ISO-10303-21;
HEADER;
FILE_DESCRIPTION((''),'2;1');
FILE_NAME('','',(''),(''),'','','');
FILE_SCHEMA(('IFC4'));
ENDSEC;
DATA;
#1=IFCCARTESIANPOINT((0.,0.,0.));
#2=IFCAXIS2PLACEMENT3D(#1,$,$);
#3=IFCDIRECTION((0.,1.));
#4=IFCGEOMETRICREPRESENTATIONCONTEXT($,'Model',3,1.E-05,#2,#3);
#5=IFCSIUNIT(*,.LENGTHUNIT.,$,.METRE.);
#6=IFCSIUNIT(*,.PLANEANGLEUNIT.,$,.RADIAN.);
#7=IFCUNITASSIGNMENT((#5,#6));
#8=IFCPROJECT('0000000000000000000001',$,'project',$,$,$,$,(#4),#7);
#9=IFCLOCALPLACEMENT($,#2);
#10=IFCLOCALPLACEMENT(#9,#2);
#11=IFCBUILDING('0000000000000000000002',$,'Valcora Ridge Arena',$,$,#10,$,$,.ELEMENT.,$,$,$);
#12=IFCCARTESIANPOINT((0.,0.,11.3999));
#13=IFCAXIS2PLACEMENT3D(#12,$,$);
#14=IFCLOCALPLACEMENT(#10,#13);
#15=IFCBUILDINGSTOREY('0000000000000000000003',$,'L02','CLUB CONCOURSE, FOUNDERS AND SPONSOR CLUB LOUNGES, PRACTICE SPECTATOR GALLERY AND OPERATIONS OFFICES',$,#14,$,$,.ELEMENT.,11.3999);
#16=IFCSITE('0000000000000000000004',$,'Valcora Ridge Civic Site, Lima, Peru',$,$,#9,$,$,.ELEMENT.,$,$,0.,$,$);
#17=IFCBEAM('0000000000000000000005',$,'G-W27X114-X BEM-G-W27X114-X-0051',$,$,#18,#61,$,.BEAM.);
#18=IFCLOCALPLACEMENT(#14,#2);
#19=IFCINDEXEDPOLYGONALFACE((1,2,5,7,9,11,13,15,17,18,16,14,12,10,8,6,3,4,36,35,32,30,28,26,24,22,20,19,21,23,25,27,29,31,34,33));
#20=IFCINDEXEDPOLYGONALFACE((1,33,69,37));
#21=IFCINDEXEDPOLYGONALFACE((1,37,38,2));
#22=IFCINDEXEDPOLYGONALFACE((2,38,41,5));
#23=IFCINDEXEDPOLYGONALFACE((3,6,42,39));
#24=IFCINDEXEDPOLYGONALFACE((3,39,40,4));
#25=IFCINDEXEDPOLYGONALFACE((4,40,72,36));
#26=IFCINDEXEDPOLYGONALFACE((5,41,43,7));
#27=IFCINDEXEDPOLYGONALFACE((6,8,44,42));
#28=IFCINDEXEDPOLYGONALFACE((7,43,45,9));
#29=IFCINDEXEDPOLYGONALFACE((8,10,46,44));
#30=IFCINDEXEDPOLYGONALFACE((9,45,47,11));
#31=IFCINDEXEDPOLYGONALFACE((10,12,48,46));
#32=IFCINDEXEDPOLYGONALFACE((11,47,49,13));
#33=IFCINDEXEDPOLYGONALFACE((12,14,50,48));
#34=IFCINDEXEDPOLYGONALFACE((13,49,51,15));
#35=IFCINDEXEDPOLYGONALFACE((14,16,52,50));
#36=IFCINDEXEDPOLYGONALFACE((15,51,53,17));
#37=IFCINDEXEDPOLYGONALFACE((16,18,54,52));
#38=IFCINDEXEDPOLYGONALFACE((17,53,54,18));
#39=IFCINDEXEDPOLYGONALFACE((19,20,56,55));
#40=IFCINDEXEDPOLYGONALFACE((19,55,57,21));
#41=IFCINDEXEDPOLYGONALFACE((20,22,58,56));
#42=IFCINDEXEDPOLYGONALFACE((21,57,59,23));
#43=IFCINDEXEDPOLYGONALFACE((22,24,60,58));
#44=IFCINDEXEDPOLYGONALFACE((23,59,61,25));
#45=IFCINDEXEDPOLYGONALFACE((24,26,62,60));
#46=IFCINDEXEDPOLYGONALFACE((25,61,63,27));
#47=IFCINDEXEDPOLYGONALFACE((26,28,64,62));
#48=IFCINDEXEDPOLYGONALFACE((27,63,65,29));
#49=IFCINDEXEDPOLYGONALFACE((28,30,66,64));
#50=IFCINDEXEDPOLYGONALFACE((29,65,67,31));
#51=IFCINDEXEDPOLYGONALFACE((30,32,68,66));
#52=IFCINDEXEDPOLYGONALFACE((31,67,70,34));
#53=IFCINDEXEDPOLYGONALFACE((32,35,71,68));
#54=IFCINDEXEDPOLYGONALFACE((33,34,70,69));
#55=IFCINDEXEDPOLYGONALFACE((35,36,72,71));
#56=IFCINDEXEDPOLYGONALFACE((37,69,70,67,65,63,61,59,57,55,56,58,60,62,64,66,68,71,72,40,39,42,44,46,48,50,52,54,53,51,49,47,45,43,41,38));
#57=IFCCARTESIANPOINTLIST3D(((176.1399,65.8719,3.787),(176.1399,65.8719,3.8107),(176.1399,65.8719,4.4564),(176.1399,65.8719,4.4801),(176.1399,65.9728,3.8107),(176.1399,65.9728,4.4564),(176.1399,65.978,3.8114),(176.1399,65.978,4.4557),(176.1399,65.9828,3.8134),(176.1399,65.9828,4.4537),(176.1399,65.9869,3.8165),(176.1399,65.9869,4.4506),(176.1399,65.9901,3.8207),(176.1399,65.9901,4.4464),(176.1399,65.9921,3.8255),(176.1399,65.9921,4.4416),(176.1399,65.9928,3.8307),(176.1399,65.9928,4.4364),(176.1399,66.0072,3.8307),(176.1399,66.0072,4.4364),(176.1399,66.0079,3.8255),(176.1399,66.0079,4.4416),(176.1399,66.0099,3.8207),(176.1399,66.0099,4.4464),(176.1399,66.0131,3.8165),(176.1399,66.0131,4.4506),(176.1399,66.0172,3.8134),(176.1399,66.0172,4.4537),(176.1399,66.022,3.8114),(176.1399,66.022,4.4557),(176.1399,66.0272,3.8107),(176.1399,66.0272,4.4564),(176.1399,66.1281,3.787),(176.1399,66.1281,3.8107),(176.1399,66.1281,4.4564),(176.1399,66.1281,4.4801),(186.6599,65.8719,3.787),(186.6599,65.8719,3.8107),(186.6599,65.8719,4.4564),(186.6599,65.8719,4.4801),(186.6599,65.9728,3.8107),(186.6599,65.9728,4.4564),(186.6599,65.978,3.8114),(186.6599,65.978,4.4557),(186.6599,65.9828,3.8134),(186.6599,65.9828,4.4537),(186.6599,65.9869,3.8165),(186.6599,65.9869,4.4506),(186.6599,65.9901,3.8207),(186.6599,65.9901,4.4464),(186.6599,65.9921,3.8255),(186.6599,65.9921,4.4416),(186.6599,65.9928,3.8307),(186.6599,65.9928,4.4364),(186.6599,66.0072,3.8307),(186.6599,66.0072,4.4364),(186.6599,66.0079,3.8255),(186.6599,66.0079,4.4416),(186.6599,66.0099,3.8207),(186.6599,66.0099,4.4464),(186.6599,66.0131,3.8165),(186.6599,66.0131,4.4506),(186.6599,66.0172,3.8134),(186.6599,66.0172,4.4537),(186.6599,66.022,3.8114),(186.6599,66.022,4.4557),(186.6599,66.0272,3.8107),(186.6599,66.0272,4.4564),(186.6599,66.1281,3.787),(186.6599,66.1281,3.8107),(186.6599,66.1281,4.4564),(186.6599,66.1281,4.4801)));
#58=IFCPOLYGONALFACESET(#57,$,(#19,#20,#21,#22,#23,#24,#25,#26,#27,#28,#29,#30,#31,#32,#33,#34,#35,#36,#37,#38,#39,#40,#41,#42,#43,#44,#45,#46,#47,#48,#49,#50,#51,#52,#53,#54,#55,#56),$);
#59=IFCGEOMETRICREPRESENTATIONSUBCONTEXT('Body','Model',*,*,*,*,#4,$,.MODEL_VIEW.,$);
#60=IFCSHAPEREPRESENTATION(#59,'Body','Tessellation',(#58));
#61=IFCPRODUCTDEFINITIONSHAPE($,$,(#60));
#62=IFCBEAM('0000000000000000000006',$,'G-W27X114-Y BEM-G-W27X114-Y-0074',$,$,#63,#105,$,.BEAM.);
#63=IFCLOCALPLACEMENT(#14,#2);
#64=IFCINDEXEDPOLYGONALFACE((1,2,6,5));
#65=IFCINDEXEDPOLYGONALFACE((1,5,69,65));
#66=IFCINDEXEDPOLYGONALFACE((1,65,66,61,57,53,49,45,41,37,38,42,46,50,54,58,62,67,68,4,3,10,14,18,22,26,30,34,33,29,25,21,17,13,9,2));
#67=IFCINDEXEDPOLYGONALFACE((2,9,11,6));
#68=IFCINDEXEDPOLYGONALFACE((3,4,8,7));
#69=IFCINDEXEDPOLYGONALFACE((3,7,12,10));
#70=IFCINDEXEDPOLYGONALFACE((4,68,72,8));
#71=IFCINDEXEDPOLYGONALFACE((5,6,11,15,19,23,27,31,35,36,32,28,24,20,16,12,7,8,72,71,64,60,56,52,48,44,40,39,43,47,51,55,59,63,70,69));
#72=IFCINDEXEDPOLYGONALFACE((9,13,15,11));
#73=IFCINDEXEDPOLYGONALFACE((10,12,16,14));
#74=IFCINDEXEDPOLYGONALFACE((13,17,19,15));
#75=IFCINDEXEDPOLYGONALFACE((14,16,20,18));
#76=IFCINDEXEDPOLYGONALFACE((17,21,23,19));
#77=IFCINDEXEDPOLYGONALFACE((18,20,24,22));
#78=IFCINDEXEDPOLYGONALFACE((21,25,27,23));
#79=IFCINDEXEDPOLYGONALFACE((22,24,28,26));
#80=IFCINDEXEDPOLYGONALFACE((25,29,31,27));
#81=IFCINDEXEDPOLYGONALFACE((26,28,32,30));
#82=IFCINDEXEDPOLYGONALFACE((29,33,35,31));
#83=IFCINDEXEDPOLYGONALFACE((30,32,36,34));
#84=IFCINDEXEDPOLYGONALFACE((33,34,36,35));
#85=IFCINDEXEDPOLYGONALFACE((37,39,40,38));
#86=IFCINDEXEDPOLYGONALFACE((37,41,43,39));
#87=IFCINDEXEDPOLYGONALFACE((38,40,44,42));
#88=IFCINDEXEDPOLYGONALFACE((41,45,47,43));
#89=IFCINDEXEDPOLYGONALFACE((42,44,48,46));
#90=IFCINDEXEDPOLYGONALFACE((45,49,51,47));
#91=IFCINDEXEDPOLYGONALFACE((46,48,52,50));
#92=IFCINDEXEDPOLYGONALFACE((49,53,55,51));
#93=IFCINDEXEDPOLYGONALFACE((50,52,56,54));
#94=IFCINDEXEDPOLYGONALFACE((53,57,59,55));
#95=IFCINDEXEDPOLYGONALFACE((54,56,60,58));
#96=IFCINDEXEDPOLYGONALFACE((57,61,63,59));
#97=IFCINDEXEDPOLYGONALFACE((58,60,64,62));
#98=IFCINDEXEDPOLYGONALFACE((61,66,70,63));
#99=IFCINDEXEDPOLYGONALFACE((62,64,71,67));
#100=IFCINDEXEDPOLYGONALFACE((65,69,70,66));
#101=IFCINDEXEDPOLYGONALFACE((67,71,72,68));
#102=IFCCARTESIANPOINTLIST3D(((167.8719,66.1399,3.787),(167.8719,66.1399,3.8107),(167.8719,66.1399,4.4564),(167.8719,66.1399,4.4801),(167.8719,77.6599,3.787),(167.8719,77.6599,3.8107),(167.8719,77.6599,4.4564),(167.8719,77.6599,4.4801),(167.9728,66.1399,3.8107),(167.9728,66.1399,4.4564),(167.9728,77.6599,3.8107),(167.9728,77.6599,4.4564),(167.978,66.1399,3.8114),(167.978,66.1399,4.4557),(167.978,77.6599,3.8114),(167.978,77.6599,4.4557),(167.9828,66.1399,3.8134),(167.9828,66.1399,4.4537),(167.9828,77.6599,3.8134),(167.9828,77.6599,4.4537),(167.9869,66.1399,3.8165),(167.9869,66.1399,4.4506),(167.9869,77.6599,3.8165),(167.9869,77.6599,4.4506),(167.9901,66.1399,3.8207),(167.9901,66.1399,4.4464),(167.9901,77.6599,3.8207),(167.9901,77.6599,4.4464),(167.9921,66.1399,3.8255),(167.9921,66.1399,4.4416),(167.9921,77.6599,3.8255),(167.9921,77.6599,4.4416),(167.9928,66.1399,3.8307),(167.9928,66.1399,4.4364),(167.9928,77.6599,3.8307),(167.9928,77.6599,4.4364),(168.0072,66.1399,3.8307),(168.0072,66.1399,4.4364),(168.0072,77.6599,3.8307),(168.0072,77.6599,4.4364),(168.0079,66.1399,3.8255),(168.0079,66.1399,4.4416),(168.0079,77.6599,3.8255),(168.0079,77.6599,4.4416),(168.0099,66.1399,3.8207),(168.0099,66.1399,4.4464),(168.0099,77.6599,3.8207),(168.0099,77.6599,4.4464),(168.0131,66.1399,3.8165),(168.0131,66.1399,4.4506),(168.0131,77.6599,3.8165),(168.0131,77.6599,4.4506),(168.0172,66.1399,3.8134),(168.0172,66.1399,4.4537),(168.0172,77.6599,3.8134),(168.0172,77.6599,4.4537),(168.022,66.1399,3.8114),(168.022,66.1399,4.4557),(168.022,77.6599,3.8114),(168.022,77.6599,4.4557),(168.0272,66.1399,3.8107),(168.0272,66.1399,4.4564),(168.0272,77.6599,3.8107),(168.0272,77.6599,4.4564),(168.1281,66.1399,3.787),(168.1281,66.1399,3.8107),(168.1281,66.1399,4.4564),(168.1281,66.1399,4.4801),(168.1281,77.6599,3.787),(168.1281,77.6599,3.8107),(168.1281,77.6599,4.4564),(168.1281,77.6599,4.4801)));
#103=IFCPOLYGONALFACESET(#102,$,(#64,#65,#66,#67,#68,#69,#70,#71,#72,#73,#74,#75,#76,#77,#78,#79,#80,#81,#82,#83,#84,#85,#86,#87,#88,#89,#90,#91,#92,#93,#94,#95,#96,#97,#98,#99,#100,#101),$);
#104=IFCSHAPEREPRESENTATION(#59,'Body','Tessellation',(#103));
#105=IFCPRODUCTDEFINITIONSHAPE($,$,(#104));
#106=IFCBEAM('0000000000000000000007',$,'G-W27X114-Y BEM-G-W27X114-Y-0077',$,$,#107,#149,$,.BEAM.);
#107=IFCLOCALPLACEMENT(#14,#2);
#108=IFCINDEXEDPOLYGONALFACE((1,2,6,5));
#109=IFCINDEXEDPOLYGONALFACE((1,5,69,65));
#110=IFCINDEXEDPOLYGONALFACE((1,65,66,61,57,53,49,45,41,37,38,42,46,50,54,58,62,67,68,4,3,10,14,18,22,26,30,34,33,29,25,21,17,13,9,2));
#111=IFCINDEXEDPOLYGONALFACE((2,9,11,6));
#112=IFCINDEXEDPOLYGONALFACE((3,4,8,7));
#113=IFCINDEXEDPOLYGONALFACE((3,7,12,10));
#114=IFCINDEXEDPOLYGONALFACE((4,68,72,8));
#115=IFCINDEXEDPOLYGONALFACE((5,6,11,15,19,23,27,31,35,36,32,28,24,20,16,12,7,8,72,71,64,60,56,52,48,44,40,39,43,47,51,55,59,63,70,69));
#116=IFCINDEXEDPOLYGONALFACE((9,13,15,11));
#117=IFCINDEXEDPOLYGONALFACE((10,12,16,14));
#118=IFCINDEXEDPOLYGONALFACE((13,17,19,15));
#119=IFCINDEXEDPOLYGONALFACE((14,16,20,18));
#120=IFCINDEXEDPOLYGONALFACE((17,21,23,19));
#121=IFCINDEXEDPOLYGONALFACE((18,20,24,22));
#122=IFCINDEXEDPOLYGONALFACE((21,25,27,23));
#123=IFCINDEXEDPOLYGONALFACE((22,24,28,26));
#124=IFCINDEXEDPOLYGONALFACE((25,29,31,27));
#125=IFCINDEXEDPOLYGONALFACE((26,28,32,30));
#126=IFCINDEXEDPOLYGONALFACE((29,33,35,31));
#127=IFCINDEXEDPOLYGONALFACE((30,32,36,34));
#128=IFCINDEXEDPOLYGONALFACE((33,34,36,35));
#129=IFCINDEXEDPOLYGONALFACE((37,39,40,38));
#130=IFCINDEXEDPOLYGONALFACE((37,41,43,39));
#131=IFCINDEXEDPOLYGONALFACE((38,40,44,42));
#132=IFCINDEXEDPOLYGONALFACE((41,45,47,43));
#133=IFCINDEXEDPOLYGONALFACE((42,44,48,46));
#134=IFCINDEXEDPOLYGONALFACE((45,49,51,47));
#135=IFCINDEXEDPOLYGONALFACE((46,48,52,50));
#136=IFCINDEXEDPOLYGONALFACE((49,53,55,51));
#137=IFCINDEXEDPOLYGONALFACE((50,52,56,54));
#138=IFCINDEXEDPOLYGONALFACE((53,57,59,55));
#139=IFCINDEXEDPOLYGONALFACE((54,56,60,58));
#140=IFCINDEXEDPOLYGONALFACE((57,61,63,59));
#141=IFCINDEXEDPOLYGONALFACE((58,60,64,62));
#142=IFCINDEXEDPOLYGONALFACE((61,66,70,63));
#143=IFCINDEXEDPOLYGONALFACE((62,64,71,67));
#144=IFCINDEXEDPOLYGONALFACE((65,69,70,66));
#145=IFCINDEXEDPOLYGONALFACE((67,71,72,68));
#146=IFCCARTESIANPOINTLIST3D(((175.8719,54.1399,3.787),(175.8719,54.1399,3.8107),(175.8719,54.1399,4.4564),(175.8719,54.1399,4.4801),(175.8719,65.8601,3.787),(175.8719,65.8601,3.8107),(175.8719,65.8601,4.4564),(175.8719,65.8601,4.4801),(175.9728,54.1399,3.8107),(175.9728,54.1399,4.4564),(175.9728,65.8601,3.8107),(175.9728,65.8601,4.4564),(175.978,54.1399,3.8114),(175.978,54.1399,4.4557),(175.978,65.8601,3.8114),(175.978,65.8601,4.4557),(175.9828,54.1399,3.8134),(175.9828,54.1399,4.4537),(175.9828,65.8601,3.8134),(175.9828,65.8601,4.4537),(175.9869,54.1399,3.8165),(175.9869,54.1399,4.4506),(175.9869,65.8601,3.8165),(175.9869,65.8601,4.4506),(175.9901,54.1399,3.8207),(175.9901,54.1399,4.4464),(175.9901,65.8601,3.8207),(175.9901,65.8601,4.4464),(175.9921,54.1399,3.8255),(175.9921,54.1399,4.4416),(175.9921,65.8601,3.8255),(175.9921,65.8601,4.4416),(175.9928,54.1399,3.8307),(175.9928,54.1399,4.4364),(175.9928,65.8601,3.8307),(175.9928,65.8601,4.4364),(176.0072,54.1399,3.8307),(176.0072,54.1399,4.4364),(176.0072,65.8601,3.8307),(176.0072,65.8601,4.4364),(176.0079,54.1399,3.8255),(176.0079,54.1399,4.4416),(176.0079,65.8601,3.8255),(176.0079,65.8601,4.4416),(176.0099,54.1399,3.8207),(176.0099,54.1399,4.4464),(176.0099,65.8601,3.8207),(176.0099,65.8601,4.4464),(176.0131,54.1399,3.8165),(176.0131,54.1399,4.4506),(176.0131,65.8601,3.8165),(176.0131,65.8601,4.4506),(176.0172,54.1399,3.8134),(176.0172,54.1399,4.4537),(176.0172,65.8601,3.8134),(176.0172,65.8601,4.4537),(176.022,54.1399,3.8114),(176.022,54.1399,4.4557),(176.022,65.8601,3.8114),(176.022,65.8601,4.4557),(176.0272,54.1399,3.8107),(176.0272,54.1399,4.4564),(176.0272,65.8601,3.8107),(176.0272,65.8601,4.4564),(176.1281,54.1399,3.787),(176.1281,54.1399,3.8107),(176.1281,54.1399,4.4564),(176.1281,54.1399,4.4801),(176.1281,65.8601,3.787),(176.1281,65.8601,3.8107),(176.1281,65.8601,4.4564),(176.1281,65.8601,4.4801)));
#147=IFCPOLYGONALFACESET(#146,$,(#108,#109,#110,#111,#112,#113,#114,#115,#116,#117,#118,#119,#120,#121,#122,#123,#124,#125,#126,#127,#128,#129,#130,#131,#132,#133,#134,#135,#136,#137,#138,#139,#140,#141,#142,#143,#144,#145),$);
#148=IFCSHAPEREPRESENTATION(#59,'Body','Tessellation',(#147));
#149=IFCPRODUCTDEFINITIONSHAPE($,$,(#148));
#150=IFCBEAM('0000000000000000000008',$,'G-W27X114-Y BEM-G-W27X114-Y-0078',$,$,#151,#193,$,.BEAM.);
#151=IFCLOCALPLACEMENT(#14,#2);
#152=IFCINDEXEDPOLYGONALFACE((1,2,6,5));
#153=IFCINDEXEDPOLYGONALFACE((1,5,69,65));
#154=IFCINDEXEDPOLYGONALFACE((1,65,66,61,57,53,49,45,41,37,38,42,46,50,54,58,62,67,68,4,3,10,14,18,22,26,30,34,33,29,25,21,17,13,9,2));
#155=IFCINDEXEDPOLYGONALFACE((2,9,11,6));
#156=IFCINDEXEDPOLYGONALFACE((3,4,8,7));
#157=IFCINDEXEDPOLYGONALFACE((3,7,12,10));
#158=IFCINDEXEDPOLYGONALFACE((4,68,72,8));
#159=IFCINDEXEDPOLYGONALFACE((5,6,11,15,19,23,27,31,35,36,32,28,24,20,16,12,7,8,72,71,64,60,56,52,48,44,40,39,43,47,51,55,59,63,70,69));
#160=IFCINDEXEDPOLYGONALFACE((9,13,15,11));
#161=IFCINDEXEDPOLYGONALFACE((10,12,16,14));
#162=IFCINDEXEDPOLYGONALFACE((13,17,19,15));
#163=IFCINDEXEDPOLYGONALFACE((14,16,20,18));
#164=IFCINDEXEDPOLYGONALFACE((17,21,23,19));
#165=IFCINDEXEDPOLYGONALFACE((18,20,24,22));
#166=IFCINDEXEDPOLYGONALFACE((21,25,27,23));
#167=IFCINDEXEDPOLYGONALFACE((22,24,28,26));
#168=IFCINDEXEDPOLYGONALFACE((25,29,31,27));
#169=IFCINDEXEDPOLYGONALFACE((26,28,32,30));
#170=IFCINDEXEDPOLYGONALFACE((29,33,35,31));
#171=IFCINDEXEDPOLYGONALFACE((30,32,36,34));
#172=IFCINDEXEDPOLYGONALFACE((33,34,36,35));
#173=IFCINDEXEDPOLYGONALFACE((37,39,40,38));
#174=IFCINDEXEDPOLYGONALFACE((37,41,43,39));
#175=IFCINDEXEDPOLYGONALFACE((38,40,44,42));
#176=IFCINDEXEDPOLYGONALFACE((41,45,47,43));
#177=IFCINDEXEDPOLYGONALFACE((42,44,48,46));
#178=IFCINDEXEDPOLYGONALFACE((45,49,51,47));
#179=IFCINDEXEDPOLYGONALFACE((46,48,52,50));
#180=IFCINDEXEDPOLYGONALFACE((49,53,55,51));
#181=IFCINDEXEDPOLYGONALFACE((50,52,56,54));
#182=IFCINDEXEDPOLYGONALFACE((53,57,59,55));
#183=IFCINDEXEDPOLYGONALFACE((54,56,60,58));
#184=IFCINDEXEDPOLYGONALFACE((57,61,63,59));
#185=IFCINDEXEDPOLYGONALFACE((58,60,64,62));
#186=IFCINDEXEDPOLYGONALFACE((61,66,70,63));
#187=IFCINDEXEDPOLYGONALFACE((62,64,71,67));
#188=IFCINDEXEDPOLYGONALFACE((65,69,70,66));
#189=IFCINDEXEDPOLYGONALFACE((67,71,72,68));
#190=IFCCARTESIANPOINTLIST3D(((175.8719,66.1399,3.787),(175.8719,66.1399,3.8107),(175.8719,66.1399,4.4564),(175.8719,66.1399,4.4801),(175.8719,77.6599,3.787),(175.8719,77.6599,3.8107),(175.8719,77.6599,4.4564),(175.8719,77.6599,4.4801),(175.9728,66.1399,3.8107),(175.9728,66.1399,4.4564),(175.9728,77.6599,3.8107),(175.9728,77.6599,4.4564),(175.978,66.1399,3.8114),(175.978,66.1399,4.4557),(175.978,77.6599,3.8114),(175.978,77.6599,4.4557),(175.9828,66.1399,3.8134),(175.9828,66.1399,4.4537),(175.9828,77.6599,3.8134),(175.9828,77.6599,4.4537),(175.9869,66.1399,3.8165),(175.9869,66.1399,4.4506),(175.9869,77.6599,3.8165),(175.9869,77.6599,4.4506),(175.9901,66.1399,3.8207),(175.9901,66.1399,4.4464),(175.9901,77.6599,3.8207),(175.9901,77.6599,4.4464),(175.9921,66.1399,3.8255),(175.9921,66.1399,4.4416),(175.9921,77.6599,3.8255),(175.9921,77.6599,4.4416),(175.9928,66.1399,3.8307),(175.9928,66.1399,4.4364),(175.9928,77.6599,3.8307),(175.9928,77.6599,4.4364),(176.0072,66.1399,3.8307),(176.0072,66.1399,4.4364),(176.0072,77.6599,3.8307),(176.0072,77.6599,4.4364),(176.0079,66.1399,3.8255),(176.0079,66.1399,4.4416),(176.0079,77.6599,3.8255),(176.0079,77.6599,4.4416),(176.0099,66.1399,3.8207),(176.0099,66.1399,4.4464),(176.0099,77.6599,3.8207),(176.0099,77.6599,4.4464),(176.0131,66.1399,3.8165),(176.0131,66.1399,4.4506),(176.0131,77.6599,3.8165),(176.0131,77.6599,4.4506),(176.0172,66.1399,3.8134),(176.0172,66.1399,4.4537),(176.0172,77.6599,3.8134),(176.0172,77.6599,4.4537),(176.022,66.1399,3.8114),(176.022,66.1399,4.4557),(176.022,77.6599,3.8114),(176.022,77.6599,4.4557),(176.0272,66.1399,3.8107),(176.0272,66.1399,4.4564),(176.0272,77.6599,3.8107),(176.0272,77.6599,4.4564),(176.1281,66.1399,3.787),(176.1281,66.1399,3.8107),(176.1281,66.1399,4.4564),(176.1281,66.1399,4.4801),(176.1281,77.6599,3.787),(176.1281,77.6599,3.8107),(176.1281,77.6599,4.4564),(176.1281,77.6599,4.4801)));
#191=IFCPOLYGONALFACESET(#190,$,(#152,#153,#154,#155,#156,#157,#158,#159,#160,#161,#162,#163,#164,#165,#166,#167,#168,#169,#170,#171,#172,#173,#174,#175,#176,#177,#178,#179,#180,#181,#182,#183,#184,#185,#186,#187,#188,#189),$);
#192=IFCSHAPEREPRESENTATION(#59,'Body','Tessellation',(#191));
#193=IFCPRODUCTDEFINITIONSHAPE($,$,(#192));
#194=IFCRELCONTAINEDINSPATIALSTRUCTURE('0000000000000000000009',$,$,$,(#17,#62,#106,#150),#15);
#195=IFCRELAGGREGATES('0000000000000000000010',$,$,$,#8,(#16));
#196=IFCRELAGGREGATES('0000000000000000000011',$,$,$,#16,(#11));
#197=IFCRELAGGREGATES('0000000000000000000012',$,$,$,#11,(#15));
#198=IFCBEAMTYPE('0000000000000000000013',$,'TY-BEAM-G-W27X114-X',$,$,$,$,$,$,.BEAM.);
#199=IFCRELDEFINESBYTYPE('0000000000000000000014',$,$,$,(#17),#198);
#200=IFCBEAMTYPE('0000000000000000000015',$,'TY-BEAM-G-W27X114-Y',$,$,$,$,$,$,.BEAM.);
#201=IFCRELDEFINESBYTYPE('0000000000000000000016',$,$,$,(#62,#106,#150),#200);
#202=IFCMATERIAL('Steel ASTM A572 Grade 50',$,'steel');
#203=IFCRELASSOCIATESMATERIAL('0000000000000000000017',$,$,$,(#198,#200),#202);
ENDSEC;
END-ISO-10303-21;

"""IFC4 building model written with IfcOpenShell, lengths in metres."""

from ifc_helpers import new_model, si_unit, direction, frame, origin, origin_2d, place, context, subcontext, project, spatial, i_section, extrude, material, material_profile, profile_set, type_object, element, save


model = new_model("IFC4")

# Units and contexts
model_context = context("Model", 3, precision=1e-05, world=origin(), true_north=direction((0.0, 1.0)))
body_context = subcontext(model_context, "Body", "Model", "MODEL_VIEW")
ifc_project = project(units=[si_unit("LENGTHUNIT", "METRE"), si_unit("PLANEANGLEUNIT", "RADIAN")], contexts=[model_context])

# Site, building, storey
site_placement = place(None, origin())
site = spatial("IfcSite", under=ifc_project, at=site_placement, Name="Valcora Ridge Civic Site, Lima, Peru", CompositionType="ELEMENT", RefElevation=0.0)
building_placement = place(site_placement, origin())
building = spatial("IfcBuilding", under=site, at=building_placement, Name="Valcora Ridge Arena", CompositionType="ELEMENT")
storey_placement = place(building_placement, frame((0.0, 0.0, 11.3999)))
storey = spatial("IfcBuildingStorey", under=building, at=storey_placement, Name="L02", Description="CLUB CONCOURSE, FOUNDERS AND SPONSOR CLUB LOUNGES, PRACTICE SPECTATOR GALLERY AND OPERATIONS OFFICES", CompositionType="ELEMENT", Elevation=11.3999)

# Shared definitions
ifc_material_1 = material(Name="Steel ASTM A572 Grade 50", Category="steel")

# Beams
ifc_material_profile_1 = material_profile(ifc_material_1, i_section(OverallWidth=0.2561, OverallDepth=0.6931, WebThickness=0.0144, FlangeThickness=0.0237, FilletRadius=0.02, at=origin_2d()), Name="W27X114")
ifc_profile_set_1 = profile_set([ifc_material_profile_1], Name="Steel ASTM A572 Grade 50")
beam_type_1 = type_object("IfcBeamType", Name="TY-BEAM-G-W27X114-X", PredefinedType="BEAM", material=ifc_profile_set_1)
beam_1_placement = place(storey_placement, frame((176.1399, 66.0, 4.1335), z_axis=(1.0, 0.0, 0.0), x_axis=(0.0, 1.0, 0.0)))
element("IfcBeam", 1, at=beam_1_placement, inside=storey, type_object=beam_type_1, Name="G-W27X114-X BEM-G-W27X114-X-0051", PredefinedType="BEAM", context=body_context, shape_type="SweptSolid", body=[
    extrude(i_section(OverallWidth=0.2561, OverallDepth=0.6931, WebThickness=0.0144, FlangeThickness=0.0237, FilletRadius=0.02, at=origin_2d()), origin(), (0.0, 0.0, 1.0), 10.52),
])
ifc_material_profile_2 = material_profile(ifc_material_1, i_section(OverallWidth=0.2561, OverallDepth=0.6931, WebThickness=0.0144, FlangeThickness=0.0237, FilletRadius=0.02, at=origin_2d()), Name="W27X114")
ifc_profile_set_2 = profile_set([ifc_material_profile_2], Name="Steel ASTM A572 Grade 50")
beam_type_2 = type_object("IfcBeamType", Name="TY-BEAM-G-W27X114-Y", PredefinedType="BEAM", material=ifc_profile_set_2)
beam_2_placement = place(storey_placement, frame((168.0, 66.1399, 4.1335), z_axis=(0.0, 1.0, 0.0), x_axis=(-1.0, 0.0, 0.0)))
element("IfcBeam", 2, at=beam_2_placement, inside=storey, type_object=beam_type_2, Name="G-W27X114-Y BEM-G-W27X114-Y-0074", PredefinedType="BEAM", context=body_context, shape_type="SweptSolid", body=[
    extrude(i_section(OverallWidth=0.2561, OverallDepth=0.6931, WebThickness=0.0144, FlangeThickness=0.0237, FilletRadius=0.02, at=origin_2d()), origin(), (0.0, 0.0, 1.0), 11.52),
])
beam_3_placement = place(storey_placement, frame((176.0, 54.1399, 4.1335), z_axis=(0.0, 1.0, 0.0), x_axis=(-1.0, 0.0, 0.0)))
element("IfcBeam", 3, at=beam_3_placement, inside=storey, type_object=beam_type_2, Name="G-W27X114-Y BEM-G-W27X114-Y-0077", PredefinedType="BEAM", context=body_context, shape_type="SweptSolid", body=[
    extrude(i_section(OverallWidth=0.2561, OverallDepth=0.6931, WebThickness=0.0144, FlangeThickness=0.0237, FilletRadius=0.02, at=origin_2d()), origin(), (0.0, 0.0, 1.0), 11.7202),
])
beam_4_placement = place(storey_placement, frame((176.0, 66.1399, 4.1335), z_axis=(0.0, 1.0, 0.0), x_axis=(-1.0, 0.0, 0.0)))
element("IfcBeam", 4, at=beam_4_placement, inside=storey, type_object=beam_type_2, Name="G-W27X114-Y BEM-G-W27X114-Y-0078", PredefinedType="BEAM", context=body_context, shape_type="SweptSolid", body=[
    extrude(i_section(OverallWidth=0.2561, OverallDepth=0.6931, WebThickness=0.0144, FlangeThickness=0.0237, FilletRadius=0.02, at=origin_2d()), origin(), (0.0, 0.0, 1.0), 11.52),
])

save(model, "model.ifc")
